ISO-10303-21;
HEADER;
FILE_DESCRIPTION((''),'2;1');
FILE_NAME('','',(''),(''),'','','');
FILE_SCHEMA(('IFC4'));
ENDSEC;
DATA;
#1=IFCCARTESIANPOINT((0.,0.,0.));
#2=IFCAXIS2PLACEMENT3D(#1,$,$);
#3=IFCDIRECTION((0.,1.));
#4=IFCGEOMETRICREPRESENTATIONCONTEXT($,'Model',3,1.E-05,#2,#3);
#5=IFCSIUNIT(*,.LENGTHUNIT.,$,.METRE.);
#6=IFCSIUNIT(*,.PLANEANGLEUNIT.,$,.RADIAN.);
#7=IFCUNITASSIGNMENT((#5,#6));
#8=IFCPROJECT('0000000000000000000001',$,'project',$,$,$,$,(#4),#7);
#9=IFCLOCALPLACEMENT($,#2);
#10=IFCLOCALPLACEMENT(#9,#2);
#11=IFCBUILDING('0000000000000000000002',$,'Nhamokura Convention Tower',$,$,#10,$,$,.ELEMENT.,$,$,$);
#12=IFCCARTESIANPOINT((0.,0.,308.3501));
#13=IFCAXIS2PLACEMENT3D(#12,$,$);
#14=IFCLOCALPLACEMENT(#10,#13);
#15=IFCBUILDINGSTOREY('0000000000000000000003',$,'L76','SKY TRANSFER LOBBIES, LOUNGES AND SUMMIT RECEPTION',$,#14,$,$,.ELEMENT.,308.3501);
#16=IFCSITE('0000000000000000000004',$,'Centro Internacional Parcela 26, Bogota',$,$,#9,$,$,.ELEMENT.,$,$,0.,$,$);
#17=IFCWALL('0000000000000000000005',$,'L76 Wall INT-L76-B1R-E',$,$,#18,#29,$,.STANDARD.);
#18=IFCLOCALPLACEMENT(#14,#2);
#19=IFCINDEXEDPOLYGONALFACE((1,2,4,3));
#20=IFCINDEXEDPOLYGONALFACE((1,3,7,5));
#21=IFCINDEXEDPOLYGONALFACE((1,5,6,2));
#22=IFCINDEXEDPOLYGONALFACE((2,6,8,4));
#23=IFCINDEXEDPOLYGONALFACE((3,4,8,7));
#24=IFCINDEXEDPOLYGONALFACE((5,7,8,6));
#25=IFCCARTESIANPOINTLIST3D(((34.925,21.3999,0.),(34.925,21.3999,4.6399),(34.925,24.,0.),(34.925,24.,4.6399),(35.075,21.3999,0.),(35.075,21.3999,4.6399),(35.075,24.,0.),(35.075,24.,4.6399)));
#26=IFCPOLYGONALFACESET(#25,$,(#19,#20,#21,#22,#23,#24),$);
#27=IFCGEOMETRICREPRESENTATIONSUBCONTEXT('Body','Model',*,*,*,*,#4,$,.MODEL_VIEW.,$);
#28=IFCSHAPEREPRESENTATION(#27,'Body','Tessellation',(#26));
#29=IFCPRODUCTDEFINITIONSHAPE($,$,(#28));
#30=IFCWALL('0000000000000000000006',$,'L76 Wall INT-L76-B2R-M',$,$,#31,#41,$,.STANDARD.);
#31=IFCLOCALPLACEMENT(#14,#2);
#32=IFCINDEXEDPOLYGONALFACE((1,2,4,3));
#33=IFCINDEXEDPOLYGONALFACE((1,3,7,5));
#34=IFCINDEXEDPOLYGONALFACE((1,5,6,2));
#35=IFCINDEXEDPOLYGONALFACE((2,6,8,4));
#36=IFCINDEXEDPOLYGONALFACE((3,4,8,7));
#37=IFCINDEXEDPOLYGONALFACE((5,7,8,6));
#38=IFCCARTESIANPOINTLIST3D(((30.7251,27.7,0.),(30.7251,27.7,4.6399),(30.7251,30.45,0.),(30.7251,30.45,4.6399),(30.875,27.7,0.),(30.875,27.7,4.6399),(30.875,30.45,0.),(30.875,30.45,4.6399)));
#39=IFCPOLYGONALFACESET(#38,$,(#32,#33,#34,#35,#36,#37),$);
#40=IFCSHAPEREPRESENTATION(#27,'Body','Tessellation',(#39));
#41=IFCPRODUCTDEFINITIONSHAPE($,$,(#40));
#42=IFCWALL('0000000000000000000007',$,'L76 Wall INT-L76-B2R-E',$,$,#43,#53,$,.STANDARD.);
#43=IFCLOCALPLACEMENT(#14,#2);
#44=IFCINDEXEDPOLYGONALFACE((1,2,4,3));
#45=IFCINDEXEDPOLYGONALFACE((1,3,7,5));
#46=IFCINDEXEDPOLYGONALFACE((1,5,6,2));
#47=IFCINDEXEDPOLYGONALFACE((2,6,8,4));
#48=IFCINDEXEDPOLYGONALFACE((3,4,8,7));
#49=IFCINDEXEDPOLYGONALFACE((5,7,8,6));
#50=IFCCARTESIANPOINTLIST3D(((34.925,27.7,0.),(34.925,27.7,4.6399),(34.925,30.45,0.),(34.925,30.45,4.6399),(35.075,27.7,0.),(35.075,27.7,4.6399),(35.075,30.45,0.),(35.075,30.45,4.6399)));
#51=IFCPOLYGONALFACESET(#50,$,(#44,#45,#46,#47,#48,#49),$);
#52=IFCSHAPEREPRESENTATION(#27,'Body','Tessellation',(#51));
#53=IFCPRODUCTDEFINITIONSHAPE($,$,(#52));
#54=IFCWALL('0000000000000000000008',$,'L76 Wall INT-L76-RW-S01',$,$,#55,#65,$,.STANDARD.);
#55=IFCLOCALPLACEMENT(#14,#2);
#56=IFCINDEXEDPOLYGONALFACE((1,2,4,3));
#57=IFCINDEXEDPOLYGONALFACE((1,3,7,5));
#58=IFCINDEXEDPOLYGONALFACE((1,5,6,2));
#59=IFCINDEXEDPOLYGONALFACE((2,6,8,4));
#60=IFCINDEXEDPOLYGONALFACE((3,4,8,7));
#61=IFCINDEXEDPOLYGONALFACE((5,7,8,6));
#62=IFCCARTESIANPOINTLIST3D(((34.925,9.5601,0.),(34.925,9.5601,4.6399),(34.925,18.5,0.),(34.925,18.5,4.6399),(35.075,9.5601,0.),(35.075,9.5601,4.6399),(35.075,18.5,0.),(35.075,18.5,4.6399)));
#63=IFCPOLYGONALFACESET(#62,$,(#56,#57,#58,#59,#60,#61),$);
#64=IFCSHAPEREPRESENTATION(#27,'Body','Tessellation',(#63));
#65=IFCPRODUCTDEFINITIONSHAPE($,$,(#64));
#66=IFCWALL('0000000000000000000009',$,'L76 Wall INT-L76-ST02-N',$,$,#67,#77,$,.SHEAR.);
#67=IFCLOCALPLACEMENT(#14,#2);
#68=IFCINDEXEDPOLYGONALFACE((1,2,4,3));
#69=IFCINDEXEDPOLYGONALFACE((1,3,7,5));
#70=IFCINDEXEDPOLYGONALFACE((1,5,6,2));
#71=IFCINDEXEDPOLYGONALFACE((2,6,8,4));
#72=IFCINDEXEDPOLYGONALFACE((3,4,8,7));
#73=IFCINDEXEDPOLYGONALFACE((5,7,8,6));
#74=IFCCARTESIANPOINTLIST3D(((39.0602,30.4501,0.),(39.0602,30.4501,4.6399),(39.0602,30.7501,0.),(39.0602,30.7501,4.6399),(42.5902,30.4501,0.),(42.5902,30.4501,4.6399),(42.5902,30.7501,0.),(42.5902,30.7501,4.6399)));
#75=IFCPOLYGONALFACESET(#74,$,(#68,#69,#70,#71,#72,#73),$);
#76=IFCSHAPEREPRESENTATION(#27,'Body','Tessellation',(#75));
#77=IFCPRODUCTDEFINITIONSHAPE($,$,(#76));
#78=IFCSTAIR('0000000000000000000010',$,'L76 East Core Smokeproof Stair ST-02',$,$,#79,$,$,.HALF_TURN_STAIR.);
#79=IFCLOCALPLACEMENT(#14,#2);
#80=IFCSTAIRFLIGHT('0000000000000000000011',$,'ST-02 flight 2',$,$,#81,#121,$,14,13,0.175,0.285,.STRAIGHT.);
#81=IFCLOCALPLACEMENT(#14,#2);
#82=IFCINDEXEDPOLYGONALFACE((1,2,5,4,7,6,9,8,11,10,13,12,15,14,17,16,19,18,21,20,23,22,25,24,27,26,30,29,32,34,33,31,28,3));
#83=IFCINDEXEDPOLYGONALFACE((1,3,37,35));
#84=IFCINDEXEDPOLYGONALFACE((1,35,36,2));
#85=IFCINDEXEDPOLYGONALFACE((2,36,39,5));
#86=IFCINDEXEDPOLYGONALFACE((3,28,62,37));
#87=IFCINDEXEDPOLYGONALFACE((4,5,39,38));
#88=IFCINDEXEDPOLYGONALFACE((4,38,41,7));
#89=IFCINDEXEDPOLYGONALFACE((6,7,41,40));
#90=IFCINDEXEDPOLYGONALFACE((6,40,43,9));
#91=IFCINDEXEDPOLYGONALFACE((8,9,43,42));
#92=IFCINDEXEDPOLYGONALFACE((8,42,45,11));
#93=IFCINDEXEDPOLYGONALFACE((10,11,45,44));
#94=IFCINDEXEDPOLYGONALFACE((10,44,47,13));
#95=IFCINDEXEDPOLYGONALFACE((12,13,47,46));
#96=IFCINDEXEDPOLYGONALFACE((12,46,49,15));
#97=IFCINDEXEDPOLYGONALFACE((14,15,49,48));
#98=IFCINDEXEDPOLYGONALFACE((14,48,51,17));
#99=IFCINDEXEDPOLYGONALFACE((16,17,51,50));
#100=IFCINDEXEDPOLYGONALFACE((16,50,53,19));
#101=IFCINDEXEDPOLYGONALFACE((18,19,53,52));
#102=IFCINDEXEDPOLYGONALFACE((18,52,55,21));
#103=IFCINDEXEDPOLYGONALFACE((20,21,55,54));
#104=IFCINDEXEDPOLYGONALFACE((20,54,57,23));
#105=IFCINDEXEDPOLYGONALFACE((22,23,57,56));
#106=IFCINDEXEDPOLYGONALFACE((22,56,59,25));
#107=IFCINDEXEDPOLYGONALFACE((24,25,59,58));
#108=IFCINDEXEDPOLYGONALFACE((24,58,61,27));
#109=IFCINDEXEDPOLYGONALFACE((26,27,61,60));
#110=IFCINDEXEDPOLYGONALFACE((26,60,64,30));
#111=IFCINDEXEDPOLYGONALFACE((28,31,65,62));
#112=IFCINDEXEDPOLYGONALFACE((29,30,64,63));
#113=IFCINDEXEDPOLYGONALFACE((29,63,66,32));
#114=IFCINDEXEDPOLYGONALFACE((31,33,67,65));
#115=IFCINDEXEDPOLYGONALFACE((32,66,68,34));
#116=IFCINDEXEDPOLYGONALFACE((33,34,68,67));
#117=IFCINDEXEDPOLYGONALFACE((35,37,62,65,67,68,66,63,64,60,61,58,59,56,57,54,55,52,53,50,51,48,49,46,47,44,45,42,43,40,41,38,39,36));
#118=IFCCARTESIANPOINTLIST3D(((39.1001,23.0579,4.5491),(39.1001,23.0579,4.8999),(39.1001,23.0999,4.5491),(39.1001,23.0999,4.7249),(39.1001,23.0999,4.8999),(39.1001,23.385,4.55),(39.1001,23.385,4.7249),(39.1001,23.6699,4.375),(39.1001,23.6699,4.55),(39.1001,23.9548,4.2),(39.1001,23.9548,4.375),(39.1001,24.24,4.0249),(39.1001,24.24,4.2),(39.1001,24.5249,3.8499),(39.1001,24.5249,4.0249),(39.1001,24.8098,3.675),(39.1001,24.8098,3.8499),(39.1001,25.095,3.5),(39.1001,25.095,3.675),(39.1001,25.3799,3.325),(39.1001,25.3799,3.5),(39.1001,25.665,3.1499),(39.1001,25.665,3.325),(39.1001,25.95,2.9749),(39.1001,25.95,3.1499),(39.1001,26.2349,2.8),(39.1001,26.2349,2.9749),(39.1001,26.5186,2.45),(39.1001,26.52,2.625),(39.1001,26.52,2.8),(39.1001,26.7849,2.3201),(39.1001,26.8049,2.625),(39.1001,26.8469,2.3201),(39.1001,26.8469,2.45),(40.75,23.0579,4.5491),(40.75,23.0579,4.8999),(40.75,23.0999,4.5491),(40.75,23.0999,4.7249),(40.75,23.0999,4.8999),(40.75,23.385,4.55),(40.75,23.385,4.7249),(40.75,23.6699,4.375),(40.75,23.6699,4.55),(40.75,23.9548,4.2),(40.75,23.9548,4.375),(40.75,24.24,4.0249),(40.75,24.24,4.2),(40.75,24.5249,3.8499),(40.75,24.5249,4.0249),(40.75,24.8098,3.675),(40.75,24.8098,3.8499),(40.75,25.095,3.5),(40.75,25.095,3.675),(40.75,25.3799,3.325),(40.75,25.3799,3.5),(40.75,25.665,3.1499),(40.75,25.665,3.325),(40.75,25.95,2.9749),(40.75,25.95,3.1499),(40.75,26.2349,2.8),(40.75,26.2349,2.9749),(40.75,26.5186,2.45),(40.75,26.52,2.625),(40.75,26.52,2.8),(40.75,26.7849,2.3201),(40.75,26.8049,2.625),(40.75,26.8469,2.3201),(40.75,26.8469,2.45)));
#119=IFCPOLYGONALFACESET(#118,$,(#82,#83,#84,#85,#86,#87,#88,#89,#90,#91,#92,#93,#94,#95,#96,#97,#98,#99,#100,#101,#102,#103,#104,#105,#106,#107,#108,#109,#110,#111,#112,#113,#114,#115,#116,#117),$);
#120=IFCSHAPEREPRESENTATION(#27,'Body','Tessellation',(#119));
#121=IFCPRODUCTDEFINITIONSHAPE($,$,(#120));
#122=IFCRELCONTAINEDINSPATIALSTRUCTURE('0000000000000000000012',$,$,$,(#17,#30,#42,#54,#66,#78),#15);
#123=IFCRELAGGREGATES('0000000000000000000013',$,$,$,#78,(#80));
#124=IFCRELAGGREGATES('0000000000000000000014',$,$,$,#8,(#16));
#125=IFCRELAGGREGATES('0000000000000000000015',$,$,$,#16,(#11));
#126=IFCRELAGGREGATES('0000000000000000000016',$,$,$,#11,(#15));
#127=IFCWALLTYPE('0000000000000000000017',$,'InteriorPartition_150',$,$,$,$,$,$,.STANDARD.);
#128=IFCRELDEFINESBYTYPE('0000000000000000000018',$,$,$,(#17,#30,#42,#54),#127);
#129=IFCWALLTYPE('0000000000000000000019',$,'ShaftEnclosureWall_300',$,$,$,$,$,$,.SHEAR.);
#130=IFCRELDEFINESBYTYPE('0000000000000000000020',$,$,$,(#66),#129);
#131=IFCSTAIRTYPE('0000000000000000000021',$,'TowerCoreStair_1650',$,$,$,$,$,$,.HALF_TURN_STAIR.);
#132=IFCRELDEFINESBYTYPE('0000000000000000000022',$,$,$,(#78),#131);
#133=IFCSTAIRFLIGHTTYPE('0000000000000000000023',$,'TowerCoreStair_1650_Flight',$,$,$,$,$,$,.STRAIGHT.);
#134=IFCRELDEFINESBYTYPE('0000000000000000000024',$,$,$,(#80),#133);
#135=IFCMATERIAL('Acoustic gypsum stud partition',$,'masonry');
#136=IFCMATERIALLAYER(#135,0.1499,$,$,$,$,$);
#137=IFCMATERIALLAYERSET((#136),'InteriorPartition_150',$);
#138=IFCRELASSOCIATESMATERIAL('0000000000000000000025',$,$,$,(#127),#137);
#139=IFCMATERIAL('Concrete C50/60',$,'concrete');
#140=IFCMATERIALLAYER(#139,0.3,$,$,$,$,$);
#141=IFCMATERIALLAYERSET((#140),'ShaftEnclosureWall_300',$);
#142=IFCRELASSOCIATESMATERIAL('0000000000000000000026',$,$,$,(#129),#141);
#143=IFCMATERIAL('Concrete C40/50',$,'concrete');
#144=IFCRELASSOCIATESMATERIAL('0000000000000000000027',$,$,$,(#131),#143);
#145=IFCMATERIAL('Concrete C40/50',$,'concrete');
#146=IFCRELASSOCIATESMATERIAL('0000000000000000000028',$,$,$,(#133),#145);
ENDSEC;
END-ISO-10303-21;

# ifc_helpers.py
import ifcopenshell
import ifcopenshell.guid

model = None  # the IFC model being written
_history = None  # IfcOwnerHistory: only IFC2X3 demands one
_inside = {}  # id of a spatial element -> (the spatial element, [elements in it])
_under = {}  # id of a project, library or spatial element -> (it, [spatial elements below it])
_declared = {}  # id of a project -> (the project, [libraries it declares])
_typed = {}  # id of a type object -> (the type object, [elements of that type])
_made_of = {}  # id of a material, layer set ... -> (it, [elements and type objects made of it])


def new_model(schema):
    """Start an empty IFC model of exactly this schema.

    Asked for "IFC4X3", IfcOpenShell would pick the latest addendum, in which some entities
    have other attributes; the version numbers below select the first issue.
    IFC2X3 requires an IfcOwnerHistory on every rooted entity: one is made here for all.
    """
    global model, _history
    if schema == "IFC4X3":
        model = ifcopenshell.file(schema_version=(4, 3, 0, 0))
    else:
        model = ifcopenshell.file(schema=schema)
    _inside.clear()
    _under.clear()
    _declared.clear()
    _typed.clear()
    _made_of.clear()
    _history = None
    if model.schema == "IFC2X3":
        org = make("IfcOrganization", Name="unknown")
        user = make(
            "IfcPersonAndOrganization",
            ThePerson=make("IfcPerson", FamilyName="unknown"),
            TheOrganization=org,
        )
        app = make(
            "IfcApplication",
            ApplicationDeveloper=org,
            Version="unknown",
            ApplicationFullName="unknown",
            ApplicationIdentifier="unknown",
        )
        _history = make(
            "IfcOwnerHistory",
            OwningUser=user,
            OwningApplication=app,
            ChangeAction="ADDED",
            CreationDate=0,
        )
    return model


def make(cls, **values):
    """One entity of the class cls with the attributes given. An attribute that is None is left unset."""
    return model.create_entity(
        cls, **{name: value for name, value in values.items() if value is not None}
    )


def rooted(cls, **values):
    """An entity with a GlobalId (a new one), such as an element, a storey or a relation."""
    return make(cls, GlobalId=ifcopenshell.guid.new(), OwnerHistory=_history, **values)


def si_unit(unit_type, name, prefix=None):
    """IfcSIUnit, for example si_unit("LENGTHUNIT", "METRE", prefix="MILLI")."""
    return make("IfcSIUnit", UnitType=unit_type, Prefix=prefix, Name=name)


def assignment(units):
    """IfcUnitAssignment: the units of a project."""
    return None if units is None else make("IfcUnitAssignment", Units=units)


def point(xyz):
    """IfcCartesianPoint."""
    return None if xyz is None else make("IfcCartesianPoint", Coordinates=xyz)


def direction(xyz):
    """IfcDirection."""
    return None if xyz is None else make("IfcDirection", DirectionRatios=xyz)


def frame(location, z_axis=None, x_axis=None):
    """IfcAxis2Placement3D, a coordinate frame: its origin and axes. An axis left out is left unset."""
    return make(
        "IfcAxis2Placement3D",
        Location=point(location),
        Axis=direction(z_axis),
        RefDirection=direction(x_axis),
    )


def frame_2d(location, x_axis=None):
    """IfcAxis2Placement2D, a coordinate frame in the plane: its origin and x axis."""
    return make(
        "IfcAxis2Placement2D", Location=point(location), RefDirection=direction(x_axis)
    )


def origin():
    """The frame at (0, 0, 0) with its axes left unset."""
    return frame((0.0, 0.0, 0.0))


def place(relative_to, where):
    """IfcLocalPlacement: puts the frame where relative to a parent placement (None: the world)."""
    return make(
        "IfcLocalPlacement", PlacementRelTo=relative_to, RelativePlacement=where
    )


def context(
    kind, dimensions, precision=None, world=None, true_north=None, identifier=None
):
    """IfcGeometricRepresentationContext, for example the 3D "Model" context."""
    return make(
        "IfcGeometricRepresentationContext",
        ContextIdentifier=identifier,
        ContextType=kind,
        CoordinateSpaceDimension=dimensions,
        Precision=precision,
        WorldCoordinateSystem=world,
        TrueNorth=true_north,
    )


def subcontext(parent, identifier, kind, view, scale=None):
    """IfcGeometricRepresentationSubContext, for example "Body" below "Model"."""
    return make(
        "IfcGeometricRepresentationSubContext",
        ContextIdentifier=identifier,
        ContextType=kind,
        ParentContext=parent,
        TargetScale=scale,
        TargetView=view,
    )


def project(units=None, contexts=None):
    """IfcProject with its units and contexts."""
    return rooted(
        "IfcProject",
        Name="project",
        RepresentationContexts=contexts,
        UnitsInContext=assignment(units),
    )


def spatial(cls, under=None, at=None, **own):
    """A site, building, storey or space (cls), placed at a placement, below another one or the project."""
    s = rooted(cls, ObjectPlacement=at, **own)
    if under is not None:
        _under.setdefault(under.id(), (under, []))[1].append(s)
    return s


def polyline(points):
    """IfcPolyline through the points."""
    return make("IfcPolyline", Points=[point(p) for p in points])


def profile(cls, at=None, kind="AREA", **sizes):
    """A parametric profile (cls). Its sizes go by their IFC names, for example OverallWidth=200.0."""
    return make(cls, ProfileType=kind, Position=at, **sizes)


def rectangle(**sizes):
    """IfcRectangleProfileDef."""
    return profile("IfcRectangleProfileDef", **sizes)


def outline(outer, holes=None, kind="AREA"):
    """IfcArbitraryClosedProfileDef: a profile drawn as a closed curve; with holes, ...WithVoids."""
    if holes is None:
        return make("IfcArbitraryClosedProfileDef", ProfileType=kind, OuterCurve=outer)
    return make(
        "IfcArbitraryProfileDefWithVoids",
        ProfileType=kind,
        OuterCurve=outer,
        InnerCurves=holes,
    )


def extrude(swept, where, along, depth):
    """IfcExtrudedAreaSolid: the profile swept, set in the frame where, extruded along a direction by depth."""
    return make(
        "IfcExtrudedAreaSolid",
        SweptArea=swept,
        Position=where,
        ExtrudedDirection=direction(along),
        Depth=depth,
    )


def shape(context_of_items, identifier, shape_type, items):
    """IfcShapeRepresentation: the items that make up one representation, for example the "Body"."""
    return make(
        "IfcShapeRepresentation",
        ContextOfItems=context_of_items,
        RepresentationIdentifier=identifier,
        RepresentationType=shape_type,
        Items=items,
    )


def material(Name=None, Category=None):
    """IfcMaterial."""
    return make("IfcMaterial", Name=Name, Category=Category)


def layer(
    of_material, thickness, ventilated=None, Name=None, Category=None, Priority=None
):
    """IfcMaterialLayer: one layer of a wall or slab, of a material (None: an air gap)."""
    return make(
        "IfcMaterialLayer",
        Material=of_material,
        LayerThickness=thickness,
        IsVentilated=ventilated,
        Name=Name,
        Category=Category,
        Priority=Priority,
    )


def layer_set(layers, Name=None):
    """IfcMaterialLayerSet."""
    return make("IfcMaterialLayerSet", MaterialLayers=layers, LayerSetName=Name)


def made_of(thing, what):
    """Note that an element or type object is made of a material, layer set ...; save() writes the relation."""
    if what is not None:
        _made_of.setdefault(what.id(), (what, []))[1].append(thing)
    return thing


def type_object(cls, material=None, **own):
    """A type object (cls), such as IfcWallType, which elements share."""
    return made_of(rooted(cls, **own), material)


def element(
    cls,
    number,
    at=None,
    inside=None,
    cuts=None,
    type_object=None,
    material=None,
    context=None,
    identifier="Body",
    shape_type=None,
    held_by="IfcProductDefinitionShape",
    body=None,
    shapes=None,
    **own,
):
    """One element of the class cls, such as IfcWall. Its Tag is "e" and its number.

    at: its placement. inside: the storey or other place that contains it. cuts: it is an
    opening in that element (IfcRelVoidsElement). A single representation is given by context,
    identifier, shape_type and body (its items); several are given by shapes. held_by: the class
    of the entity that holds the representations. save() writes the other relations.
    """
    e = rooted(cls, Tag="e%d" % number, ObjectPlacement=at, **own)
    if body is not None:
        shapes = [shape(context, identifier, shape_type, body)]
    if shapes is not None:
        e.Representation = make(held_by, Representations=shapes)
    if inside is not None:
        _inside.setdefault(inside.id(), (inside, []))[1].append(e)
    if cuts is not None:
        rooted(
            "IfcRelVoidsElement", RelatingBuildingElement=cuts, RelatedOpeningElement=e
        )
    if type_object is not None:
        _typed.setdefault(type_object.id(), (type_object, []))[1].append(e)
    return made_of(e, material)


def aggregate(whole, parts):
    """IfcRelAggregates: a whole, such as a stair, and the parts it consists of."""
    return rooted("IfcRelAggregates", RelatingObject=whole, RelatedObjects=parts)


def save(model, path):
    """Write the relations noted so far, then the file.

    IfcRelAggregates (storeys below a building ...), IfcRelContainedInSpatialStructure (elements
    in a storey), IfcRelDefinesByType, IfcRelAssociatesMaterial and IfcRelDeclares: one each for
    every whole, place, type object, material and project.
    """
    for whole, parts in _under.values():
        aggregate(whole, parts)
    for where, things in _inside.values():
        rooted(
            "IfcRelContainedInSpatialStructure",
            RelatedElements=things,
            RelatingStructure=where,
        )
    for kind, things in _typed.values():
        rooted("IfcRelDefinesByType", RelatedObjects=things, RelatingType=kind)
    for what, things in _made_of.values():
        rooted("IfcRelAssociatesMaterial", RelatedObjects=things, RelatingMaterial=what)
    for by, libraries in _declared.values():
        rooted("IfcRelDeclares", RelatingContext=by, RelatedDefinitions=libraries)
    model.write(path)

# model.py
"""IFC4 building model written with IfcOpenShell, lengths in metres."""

from ifc_helpers import new_model, si_unit, direction, frame, frame_2d, origin, place, context, subcontext, project, spatial, polyline, rectangle, outline, extrude, material, layer, layer_set, type_object, element, aggregate, save


model = new_model("IFC4")

# Units and contexts
model_context = context("Model", 3, precision=1e-05, world=origin(), true_north=direction((0.0, 1.0)))
body_context = subcontext(model_context, "Body", "Model", "MODEL_VIEW")
ifc_project = project(units=[si_unit("LENGTHUNIT", "METRE"), si_unit("PLANEANGLEUNIT", "RADIAN")], contexts=[model_context])

# Site, building, storey
site_placement = place(None, origin())
site = spatial("IfcSite", under=ifc_project, at=site_placement, Name="Centro Internacional Parcela 26, Bogota", CompositionType="ELEMENT", RefElevation=0.0)
building_placement = place(site_placement, origin())
building = spatial("IfcBuilding", under=site, at=building_placement, Name="Nhamokura Convention Tower", CompositionType="ELEMENT")
storey_placement = place(building_placement, frame((0.0, 0.0, 308.3501)))
storey = spatial("IfcBuildingStorey", under=building, at=storey_placement, Name="L76", Description="SKY TRANSFER LOBBIES, LOUNGES AND SUMMIT RECEPTION", CompositionType="ELEMENT", Elevation=308.3501)

# Walls
ifc_material_1 = material(Name="Acoustic gypsum stud partition", Category="masonry")
ifc_layer_1 = layer(ifc_material_1, 0.1499)
ifc_layer_set_1 = layer_set([ifc_layer_1], Name="InteriorPartition_150")
wall_type_1 = type_object("IfcWallType", Name="InteriorPartition_150", PredefinedType="STANDARD", material=ifc_layer_set_1)
wall_1_placement = place(storey_placement, frame((35.0, 21.3999, 0.0), z_axis=(0.0, 0.0, 1.0), x_axis=(0.0, 1.0, 0.0)))
element("IfcWall", 1, at=wall_1_placement, inside=storey, type_object=wall_type_1, Name="L76 Wall INT-L76-B1R-E", PredefinedType="STANDARD", context=body_context, shape_type="SweptSolid", body=[
    extrude(rectangle(XDim=2.6001, YDim=0.1499, at=frame_2d((1.3, 0.0))), origin(), (0.0, 0.0, 1.0), 4.6399),
])
for number, where, z_axis, x_axis, name in (
    (2, (30.8, 27.7, 0.0), (0.0, 0.0, 1.0), (0.0, 1.0, 0.0), "L76 Wall INT-L76-B2R-M"),
    (3, (35.0, 27.7, 0.0), (0.0, 0.0, 1.0), (0.0, 1.0, 0.0), "L76 Wall INT-L76-B2R-E"),
):
    element("IfcWall", number, at=place(storey_placement, frame(where, z_axis=z_axis, x_axis=x_axis)), inside=storey, type_object=wall_type_1, Name=name, PredefinedType="STANDARD", context=body_context, shape_type="SweptSolid", body=[
        extrude(rectangle(XDim=2.75, YDim=0.1499, at=frame_2d((1.375, 0.0))), origin(), (0.0, 0.0, 1.0), 4.6399),
    ])
wall_2_placement = place(storey_placement, frame((35.0, 9.5601, 0.0), z_axis=(0.0, 0.0, 1.0), x_axis=(0.0, 1.0, 0.0)))
element("IfcWall", 4, at=wall_2_placement, inside=storey, type_object=wall_type_1, Name="L76 Wall INT-L76-RW-S01", PredefinedType="STANDARD", context=body_context, shape_type="SweptSolid", body=[
    extrude(rectangle(XDim=8.9399, YDim=0.1499, at=frame_2d((4.47, 0.0))), origin(), (0.0, 0.0, 1.0), 4.6399),
])
ifc_material_2 = material(Name="Concrete C50/60", Category="concrete")
ifc_layer_2 = layer(ifc_material_2, 0.3)
ifc_layer_set_2 = layer_set([ifc_layer_2], Name="ShaftEnclosureWall_300")
wall_type_2 = type_object("IfcWallType", Name="ShaftEnclosureWall_300", PredefinedType="SHEAR", material=ifc_layer_set_2)
wall_3_placement = place(storey_placement, frame((39.0601, 30.6001, 0.0), z_axis=(0.0, 0.0, 1.0), x_axis=(1.0, 0.0, 0.0)))
element("IfcWall", 5, at=wall_3_placement, inside=storey, type_object=wall_type_2, Name="L76 Wall INT-L76-ST02-N", PredefinedType="SHEAR", context=body_context, shape_type="SweptSolid", body=[
    extrude(rectangle(XDim=3.53, YDim=0.3, at=frame_2d((1.7651, 0.0))), origin(), (0.0, 0.0, 1.0), 4.6399),
])

# Stair, stair flight
ifc_material_3 = material(Name="Concrete C40/50", Category="concrete")
stair_type = type_object("IfcStairType", Name="TowerCoreStair_1650", PredefinedType="HALF_TURN_STAIR", material=ifc_material_3)
stair_placement = place(storey_placement, origin())
stair = element("IfcStair", 6, at=stair_placement, inside=storey, type_object=stair_type, Name="L76 East Core Smokeproof Stair ST-02", PredefinedType="HALF_TURN_STAIR")
ifc_material_4 = material(Name="Concrete C40/50", Category="concrete")
stair_flight_type = type_object("IfcStairFlightType", Name="TowerCoreStair_1650_Flight", PredefinedType="STRAIGHT", material=ifc_material_4)
stair_flight_placement = place(storey_placement, frame((39.925, 26.8049, 2.45), z_axis=(0.0, 0.0, 1.0), x_axis=(0.0, -1.0, 0.0)))
stair_flight = element("IfcStairFlight", 7, at=stair_flight_placement, type_object=stair_flight_type, Name="ST-02 flight 2", NumberOfRisers=14, NumberOfTreads=13, PredefinedType="STRAIGHT", RiserHeight=0.175, TreadLength=0.285, context=body_context, shape_type="SweptSolid", body=[
    extrude(outline(polyline([(-0.042, 0.0), (0.0, 0.175), (0.2849, 0.175), (0.2849, 0.3501), (0.5701, 0.3501), (0.5701, 0.5249), (0.855, 0.5249), (0.855, 0.7), (1.1399, 0.7), (1.1399, 0.875), (1.425, 0.875), (1.425, 1.05), (1.71, 1.05), (1.71, 1.2251), (1.9951, 1.2251), (1.9951, 1.3999), (2.28, 1.3999), (2.28, 1.575), (2.5649, 1.575), (2.5649, 1.75), (2.8501, 1.75), (2.8501, 1.925), (3.135, 1.925), (3.135, 2.1001), (3.4199, 2.1001), (3.4199, 2.2749), (3.7051, 2.2749), (3.7051, 2.45), (3.7471, 2.45), (3.7471, 2.0991), (3.7051, 2.0991), (0.2864, 0.0), (0.02, -0.1299), (-0.042, -0.1299), (-0.042, 0.0)])), frame((0.0, 0.825, 0.0), z_axis=(0.0, -1.0, 0.0), x_axis=(1.0, 0.0, 0.0)), (0.0, 0.0, 1.0), 1.6499),
])
aggregate(stair, [stair_flight])

save(model, "model.ifc")
